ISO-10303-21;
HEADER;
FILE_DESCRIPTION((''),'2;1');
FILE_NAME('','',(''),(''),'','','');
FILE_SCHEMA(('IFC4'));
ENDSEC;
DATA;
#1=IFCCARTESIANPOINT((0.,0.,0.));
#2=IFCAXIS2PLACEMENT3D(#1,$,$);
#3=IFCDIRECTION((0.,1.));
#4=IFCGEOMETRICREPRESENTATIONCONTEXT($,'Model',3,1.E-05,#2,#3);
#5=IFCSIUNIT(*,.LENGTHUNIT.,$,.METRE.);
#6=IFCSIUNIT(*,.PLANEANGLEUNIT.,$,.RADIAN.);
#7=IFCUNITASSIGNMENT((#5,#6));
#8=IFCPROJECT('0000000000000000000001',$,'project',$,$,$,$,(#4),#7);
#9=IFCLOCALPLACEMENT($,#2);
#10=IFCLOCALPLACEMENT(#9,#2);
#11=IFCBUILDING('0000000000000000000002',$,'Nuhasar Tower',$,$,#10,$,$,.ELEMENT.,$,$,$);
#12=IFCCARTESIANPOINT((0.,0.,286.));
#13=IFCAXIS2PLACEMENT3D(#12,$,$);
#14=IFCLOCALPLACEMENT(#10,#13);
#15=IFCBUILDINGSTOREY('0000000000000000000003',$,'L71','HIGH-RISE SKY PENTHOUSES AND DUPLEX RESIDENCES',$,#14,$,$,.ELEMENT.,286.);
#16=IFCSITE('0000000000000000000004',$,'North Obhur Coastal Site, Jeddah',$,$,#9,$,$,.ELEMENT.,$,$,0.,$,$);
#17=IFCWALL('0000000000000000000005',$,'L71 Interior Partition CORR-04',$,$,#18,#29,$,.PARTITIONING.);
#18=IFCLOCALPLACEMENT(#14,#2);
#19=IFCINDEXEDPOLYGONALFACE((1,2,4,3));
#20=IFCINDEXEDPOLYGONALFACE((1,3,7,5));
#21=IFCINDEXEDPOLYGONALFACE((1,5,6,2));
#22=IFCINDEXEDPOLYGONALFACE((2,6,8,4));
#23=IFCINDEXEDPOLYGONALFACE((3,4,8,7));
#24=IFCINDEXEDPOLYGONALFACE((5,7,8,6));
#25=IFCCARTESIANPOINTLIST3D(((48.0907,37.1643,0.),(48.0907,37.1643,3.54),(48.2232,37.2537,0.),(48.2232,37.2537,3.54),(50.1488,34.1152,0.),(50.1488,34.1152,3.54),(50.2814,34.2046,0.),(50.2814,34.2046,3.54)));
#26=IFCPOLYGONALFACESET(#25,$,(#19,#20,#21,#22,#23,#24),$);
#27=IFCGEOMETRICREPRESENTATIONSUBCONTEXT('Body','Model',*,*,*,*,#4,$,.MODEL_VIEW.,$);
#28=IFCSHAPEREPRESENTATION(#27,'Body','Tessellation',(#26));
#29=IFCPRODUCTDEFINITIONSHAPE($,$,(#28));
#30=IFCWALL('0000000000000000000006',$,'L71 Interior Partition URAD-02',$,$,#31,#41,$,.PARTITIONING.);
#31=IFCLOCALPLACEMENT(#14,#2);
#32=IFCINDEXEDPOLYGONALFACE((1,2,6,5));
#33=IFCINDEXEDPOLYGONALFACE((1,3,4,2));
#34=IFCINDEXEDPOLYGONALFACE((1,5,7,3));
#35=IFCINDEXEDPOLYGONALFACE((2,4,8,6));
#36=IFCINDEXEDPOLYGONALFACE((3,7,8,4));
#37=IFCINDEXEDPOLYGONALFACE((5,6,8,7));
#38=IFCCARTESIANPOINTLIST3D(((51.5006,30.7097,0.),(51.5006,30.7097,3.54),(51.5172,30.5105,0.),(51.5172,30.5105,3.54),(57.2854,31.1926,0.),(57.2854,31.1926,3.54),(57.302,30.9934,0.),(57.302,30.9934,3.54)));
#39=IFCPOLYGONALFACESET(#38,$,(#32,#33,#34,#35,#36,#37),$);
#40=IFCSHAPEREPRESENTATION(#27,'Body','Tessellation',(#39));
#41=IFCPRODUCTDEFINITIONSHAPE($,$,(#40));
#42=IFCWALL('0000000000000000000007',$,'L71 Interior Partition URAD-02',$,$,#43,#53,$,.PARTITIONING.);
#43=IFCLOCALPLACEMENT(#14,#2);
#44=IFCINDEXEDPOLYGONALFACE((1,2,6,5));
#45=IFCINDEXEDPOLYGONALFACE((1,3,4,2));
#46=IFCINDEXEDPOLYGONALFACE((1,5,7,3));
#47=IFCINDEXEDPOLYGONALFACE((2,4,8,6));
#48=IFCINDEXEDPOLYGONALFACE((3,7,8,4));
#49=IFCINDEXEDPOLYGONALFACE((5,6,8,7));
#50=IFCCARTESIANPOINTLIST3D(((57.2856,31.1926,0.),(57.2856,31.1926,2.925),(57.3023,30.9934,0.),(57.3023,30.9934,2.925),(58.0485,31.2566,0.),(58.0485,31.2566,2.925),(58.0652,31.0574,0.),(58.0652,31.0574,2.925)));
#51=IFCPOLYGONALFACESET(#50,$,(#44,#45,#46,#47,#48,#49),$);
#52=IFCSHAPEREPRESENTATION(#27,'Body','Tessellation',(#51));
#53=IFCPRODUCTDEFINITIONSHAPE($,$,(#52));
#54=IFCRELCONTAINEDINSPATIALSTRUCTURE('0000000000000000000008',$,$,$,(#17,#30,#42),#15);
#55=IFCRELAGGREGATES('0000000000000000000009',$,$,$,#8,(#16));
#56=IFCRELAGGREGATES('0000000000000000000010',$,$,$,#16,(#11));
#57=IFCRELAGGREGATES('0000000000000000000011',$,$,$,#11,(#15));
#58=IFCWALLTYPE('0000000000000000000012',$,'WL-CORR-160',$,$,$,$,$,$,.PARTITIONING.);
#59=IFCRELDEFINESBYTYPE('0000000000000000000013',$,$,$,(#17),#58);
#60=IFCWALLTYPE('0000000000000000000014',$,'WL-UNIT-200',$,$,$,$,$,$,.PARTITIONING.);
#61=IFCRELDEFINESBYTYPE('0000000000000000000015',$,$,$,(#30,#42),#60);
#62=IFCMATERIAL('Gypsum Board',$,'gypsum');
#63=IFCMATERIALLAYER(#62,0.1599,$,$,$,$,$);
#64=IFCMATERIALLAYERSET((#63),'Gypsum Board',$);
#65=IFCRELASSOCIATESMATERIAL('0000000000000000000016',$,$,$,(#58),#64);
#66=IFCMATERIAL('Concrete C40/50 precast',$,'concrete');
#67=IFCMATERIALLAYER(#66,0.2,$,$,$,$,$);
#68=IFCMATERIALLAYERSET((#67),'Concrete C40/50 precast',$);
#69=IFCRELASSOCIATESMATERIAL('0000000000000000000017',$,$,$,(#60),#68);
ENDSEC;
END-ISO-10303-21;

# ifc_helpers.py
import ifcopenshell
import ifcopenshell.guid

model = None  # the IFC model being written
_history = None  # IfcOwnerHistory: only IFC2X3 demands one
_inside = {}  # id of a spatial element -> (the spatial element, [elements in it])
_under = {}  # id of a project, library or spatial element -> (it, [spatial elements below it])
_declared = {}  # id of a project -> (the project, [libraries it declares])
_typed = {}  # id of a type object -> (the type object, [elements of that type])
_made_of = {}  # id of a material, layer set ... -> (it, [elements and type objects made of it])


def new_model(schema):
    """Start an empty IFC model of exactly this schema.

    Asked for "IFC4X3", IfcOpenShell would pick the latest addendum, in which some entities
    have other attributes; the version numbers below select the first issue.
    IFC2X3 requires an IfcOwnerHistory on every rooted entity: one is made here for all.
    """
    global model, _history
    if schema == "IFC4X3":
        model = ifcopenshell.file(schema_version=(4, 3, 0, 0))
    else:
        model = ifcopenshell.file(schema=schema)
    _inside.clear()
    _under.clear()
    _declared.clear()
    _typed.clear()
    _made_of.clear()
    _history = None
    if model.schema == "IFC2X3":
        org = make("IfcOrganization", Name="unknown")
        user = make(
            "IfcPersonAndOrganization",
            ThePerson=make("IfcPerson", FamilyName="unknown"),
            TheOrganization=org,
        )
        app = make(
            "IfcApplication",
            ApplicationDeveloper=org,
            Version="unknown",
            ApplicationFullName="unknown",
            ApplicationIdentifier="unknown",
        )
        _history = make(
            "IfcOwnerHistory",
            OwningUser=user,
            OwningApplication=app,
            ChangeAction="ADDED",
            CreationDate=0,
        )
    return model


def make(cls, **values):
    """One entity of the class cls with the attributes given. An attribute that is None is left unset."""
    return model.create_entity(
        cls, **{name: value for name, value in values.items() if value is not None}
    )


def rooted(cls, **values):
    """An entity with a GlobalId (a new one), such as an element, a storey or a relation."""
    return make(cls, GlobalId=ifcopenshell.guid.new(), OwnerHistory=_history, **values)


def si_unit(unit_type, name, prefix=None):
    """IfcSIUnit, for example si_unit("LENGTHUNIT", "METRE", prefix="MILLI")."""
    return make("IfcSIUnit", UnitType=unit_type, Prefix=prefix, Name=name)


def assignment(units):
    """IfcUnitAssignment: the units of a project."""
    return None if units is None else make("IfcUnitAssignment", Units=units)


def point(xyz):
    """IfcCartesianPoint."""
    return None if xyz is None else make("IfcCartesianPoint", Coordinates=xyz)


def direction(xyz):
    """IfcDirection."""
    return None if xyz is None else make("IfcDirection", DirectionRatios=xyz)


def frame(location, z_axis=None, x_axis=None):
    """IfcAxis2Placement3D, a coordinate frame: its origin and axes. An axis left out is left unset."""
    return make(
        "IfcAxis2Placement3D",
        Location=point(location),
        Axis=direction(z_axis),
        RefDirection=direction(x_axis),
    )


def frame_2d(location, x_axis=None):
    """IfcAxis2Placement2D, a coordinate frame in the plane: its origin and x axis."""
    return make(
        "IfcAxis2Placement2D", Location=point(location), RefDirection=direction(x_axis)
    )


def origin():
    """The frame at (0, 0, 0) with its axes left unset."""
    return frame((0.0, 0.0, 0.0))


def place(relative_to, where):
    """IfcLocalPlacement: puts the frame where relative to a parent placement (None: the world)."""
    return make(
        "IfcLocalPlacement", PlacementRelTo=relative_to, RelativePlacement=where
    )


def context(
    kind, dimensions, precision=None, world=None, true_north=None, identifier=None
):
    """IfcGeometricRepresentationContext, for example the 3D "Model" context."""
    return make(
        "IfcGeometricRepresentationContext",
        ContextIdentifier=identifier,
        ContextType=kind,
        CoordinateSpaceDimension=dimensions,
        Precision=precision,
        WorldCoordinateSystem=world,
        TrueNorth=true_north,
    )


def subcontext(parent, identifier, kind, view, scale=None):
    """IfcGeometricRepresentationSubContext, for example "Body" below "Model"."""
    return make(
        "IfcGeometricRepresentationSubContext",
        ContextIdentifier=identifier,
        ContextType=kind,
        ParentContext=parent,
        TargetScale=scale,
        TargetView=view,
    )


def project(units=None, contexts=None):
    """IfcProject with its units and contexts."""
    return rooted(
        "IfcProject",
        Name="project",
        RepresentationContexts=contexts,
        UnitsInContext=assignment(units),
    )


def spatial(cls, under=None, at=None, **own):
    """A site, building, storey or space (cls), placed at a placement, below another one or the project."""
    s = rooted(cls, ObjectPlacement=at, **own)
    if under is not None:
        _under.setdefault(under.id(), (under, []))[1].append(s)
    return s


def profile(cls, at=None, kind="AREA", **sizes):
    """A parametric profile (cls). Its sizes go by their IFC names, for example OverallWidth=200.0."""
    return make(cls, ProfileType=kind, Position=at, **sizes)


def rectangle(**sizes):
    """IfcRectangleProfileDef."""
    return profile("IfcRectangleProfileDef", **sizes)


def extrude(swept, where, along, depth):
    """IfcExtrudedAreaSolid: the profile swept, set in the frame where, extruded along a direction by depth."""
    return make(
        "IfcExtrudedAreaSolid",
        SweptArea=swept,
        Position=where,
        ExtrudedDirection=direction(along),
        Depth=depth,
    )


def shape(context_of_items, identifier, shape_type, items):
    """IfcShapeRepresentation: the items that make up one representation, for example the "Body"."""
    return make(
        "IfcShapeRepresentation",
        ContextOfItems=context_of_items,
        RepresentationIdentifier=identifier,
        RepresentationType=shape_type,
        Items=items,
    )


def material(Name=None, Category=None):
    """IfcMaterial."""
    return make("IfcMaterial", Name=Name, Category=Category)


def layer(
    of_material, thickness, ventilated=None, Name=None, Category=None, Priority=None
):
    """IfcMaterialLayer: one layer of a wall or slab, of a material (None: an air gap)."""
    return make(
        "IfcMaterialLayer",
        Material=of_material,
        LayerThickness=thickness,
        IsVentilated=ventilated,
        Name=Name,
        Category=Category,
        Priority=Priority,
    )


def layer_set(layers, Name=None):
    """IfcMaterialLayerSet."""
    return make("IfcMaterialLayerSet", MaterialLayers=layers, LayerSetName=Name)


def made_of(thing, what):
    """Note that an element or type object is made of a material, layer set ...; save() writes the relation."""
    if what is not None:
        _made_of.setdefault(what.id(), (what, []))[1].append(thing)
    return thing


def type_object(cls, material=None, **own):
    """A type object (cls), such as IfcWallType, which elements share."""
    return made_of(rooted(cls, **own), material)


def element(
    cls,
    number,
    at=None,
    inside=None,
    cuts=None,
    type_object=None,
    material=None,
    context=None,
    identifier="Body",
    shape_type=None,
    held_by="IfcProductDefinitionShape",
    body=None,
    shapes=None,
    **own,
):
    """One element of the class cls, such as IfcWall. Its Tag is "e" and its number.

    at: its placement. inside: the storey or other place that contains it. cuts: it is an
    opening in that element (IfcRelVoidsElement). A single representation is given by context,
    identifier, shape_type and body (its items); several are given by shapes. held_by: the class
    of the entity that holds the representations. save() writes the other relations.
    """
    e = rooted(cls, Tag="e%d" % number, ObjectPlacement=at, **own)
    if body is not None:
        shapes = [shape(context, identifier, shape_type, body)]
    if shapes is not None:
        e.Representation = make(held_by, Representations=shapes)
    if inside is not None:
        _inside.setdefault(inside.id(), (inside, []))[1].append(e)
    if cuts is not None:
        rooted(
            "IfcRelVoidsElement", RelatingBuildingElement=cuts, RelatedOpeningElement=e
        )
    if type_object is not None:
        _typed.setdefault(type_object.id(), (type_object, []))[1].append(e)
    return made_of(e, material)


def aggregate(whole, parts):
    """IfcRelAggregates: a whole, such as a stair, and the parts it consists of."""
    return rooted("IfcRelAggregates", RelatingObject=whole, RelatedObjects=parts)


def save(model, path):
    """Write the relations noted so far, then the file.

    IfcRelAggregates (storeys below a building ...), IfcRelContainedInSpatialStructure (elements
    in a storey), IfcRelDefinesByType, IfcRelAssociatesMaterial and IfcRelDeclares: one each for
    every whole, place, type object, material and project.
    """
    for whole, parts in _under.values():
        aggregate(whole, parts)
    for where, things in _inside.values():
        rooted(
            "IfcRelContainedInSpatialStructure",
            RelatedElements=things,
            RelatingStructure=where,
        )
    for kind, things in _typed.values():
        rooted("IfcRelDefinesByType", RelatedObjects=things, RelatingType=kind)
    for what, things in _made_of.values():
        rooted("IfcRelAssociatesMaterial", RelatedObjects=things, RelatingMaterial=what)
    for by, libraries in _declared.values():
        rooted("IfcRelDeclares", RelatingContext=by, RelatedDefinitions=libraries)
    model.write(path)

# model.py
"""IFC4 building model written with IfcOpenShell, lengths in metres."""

from ifc_helpers import new_model, si_unit, direction, frame, frame_2d, origin, place, context, subcontext, project, spatial, rectangle, extrude, material, layer, layer_set, type_object, element, save


model = new_model("IFC4")

# Units and contexts
model_context = context("Model", 3, precision=1e-05, world=origin(), true_north=direction((0.0, 1.0)))
body_context = subcontext(model_context, "Body", "Model", "MODEL_VIEW")
ifc_project = project(units=[si_unit("LENGTHUNIT", "METRE"), si_unit("PLANEANGLEUNIT", "RADIAN")], contexts=[model_context])

# Site, building, storey
site_placement = place(None, origin())
site = spatial("IfcSite", under=ifc_project, at=site_placement, Name="North Obhur Coastal Site, Jeddah", CompositionType="ELEMENT", RefElevation=0.0)
building_placement = place(site_placement, origin())
building = spatial("IfcBuilding", under=site, at=building_placement, Name="Nuhasar Tower", CompositionType="ELEMENT")
storey_placement = place(building_placement, frame((0.0, 0.0, 286.0)))
storey = spatial("IfcBuildingStorey", under=building, at=storey_placement, Name="L71", Description="HIGH-RISE SKY PENTHOUSES AND DUPLEX RESIDENCES", CompositionType="ELEMENT", Elevation=286.0)

# Shared definitions
ifc_material_1 = material(Name="Gypsum Board", Category="gypsum")
ifc_layer_1 = layer(ifc_material_1, 0.1599)
ifc_layer_set_1 = layer_set([ifc_layer_1], Name="Gypsum Board")
wall_type_1 = type_object("IfcWallType", Name="WL-CORR-160", PredefinedType="PARTITIONING", material=ifc_layer_set_1)

# Walls
wall_1_placement = place(storey_placement, frame((50.2151, 34.1599, 0.0), z_axis=(0.0, 0.0, 1.0), x_axis=(-0.559469, 0.828851, 0.0)))
element("IfcWall", 1, at=wall_1_placement, inside=storey, type_object=wall_type_1, Name="L71 Interior Partition CORR-04", PredefinedType="PARTITIONING", context=body_context, shape_type="SweptSolid", body=[
    extrude(rectangle(XDim=3.6787, YDim=0.1599, at=frame_2d((1.8394, 0.0))), origin(), (0.0, 0.0, 1.0), 3.54),
])
ifc_material_2 = material(Name="Concrete C40/50 precast", Category="concrete")
ifc_layer_2 = layer(ifc_material_2, 0.2)
ifc_layer_set_2 = layer_set([ifc_layer_2], Name="Concrete C40/50 precast")
wall_type_2 = type_object("IfcWallType", Name="WL-UNIT-200", PredefinedType="PARTITIONING", material=ifc_layer_set_2)
wall_2_placement = place(storey_placement, frame((51.509, 30.6101, 0.0), z_axis=(0.0, 0.0, 1.0), x_axis=(0.996534, 0.083188, 0.0)))
element("IfcWall", 2, at=wall_2_placement, inside=storey, type_object=wall_type_2, Name="L71 Interior Partition URAD-02", PredefinedType="PARTITIONING", context=body_context, shape_type="SweptSolid", body=[
    extrude(rectangle(XDim=5.8049, YDim=0.2, at=frame_2d((2.9023, 0.0))), origin(), (0.0, 0.0, 1.0), 3.54),
])
wall_3_placement = place(storey_placement, frame((57.2939, 31.093, 0.0), z_axis=(0.0, 0.0, 1.0), x_axis=(0.996504, 0.083547, 0.0)))
element("IfcWall", 3, at=wall_3_placement, inside=storey, type_object=wall_type_2, Name="L71 Interior Partition URAD-02", PredefinedType="PARTITIONING", context=body_context, shape_type="SweptSolid", body=[
    extrude(rectangle(XDim=0.7656, YDim=0.2, at=frame_2d((0.3828, 0.0))), origin(), (0.0, 0.0, 1.0), 2.925),
])

save(model, "model.ifc")
